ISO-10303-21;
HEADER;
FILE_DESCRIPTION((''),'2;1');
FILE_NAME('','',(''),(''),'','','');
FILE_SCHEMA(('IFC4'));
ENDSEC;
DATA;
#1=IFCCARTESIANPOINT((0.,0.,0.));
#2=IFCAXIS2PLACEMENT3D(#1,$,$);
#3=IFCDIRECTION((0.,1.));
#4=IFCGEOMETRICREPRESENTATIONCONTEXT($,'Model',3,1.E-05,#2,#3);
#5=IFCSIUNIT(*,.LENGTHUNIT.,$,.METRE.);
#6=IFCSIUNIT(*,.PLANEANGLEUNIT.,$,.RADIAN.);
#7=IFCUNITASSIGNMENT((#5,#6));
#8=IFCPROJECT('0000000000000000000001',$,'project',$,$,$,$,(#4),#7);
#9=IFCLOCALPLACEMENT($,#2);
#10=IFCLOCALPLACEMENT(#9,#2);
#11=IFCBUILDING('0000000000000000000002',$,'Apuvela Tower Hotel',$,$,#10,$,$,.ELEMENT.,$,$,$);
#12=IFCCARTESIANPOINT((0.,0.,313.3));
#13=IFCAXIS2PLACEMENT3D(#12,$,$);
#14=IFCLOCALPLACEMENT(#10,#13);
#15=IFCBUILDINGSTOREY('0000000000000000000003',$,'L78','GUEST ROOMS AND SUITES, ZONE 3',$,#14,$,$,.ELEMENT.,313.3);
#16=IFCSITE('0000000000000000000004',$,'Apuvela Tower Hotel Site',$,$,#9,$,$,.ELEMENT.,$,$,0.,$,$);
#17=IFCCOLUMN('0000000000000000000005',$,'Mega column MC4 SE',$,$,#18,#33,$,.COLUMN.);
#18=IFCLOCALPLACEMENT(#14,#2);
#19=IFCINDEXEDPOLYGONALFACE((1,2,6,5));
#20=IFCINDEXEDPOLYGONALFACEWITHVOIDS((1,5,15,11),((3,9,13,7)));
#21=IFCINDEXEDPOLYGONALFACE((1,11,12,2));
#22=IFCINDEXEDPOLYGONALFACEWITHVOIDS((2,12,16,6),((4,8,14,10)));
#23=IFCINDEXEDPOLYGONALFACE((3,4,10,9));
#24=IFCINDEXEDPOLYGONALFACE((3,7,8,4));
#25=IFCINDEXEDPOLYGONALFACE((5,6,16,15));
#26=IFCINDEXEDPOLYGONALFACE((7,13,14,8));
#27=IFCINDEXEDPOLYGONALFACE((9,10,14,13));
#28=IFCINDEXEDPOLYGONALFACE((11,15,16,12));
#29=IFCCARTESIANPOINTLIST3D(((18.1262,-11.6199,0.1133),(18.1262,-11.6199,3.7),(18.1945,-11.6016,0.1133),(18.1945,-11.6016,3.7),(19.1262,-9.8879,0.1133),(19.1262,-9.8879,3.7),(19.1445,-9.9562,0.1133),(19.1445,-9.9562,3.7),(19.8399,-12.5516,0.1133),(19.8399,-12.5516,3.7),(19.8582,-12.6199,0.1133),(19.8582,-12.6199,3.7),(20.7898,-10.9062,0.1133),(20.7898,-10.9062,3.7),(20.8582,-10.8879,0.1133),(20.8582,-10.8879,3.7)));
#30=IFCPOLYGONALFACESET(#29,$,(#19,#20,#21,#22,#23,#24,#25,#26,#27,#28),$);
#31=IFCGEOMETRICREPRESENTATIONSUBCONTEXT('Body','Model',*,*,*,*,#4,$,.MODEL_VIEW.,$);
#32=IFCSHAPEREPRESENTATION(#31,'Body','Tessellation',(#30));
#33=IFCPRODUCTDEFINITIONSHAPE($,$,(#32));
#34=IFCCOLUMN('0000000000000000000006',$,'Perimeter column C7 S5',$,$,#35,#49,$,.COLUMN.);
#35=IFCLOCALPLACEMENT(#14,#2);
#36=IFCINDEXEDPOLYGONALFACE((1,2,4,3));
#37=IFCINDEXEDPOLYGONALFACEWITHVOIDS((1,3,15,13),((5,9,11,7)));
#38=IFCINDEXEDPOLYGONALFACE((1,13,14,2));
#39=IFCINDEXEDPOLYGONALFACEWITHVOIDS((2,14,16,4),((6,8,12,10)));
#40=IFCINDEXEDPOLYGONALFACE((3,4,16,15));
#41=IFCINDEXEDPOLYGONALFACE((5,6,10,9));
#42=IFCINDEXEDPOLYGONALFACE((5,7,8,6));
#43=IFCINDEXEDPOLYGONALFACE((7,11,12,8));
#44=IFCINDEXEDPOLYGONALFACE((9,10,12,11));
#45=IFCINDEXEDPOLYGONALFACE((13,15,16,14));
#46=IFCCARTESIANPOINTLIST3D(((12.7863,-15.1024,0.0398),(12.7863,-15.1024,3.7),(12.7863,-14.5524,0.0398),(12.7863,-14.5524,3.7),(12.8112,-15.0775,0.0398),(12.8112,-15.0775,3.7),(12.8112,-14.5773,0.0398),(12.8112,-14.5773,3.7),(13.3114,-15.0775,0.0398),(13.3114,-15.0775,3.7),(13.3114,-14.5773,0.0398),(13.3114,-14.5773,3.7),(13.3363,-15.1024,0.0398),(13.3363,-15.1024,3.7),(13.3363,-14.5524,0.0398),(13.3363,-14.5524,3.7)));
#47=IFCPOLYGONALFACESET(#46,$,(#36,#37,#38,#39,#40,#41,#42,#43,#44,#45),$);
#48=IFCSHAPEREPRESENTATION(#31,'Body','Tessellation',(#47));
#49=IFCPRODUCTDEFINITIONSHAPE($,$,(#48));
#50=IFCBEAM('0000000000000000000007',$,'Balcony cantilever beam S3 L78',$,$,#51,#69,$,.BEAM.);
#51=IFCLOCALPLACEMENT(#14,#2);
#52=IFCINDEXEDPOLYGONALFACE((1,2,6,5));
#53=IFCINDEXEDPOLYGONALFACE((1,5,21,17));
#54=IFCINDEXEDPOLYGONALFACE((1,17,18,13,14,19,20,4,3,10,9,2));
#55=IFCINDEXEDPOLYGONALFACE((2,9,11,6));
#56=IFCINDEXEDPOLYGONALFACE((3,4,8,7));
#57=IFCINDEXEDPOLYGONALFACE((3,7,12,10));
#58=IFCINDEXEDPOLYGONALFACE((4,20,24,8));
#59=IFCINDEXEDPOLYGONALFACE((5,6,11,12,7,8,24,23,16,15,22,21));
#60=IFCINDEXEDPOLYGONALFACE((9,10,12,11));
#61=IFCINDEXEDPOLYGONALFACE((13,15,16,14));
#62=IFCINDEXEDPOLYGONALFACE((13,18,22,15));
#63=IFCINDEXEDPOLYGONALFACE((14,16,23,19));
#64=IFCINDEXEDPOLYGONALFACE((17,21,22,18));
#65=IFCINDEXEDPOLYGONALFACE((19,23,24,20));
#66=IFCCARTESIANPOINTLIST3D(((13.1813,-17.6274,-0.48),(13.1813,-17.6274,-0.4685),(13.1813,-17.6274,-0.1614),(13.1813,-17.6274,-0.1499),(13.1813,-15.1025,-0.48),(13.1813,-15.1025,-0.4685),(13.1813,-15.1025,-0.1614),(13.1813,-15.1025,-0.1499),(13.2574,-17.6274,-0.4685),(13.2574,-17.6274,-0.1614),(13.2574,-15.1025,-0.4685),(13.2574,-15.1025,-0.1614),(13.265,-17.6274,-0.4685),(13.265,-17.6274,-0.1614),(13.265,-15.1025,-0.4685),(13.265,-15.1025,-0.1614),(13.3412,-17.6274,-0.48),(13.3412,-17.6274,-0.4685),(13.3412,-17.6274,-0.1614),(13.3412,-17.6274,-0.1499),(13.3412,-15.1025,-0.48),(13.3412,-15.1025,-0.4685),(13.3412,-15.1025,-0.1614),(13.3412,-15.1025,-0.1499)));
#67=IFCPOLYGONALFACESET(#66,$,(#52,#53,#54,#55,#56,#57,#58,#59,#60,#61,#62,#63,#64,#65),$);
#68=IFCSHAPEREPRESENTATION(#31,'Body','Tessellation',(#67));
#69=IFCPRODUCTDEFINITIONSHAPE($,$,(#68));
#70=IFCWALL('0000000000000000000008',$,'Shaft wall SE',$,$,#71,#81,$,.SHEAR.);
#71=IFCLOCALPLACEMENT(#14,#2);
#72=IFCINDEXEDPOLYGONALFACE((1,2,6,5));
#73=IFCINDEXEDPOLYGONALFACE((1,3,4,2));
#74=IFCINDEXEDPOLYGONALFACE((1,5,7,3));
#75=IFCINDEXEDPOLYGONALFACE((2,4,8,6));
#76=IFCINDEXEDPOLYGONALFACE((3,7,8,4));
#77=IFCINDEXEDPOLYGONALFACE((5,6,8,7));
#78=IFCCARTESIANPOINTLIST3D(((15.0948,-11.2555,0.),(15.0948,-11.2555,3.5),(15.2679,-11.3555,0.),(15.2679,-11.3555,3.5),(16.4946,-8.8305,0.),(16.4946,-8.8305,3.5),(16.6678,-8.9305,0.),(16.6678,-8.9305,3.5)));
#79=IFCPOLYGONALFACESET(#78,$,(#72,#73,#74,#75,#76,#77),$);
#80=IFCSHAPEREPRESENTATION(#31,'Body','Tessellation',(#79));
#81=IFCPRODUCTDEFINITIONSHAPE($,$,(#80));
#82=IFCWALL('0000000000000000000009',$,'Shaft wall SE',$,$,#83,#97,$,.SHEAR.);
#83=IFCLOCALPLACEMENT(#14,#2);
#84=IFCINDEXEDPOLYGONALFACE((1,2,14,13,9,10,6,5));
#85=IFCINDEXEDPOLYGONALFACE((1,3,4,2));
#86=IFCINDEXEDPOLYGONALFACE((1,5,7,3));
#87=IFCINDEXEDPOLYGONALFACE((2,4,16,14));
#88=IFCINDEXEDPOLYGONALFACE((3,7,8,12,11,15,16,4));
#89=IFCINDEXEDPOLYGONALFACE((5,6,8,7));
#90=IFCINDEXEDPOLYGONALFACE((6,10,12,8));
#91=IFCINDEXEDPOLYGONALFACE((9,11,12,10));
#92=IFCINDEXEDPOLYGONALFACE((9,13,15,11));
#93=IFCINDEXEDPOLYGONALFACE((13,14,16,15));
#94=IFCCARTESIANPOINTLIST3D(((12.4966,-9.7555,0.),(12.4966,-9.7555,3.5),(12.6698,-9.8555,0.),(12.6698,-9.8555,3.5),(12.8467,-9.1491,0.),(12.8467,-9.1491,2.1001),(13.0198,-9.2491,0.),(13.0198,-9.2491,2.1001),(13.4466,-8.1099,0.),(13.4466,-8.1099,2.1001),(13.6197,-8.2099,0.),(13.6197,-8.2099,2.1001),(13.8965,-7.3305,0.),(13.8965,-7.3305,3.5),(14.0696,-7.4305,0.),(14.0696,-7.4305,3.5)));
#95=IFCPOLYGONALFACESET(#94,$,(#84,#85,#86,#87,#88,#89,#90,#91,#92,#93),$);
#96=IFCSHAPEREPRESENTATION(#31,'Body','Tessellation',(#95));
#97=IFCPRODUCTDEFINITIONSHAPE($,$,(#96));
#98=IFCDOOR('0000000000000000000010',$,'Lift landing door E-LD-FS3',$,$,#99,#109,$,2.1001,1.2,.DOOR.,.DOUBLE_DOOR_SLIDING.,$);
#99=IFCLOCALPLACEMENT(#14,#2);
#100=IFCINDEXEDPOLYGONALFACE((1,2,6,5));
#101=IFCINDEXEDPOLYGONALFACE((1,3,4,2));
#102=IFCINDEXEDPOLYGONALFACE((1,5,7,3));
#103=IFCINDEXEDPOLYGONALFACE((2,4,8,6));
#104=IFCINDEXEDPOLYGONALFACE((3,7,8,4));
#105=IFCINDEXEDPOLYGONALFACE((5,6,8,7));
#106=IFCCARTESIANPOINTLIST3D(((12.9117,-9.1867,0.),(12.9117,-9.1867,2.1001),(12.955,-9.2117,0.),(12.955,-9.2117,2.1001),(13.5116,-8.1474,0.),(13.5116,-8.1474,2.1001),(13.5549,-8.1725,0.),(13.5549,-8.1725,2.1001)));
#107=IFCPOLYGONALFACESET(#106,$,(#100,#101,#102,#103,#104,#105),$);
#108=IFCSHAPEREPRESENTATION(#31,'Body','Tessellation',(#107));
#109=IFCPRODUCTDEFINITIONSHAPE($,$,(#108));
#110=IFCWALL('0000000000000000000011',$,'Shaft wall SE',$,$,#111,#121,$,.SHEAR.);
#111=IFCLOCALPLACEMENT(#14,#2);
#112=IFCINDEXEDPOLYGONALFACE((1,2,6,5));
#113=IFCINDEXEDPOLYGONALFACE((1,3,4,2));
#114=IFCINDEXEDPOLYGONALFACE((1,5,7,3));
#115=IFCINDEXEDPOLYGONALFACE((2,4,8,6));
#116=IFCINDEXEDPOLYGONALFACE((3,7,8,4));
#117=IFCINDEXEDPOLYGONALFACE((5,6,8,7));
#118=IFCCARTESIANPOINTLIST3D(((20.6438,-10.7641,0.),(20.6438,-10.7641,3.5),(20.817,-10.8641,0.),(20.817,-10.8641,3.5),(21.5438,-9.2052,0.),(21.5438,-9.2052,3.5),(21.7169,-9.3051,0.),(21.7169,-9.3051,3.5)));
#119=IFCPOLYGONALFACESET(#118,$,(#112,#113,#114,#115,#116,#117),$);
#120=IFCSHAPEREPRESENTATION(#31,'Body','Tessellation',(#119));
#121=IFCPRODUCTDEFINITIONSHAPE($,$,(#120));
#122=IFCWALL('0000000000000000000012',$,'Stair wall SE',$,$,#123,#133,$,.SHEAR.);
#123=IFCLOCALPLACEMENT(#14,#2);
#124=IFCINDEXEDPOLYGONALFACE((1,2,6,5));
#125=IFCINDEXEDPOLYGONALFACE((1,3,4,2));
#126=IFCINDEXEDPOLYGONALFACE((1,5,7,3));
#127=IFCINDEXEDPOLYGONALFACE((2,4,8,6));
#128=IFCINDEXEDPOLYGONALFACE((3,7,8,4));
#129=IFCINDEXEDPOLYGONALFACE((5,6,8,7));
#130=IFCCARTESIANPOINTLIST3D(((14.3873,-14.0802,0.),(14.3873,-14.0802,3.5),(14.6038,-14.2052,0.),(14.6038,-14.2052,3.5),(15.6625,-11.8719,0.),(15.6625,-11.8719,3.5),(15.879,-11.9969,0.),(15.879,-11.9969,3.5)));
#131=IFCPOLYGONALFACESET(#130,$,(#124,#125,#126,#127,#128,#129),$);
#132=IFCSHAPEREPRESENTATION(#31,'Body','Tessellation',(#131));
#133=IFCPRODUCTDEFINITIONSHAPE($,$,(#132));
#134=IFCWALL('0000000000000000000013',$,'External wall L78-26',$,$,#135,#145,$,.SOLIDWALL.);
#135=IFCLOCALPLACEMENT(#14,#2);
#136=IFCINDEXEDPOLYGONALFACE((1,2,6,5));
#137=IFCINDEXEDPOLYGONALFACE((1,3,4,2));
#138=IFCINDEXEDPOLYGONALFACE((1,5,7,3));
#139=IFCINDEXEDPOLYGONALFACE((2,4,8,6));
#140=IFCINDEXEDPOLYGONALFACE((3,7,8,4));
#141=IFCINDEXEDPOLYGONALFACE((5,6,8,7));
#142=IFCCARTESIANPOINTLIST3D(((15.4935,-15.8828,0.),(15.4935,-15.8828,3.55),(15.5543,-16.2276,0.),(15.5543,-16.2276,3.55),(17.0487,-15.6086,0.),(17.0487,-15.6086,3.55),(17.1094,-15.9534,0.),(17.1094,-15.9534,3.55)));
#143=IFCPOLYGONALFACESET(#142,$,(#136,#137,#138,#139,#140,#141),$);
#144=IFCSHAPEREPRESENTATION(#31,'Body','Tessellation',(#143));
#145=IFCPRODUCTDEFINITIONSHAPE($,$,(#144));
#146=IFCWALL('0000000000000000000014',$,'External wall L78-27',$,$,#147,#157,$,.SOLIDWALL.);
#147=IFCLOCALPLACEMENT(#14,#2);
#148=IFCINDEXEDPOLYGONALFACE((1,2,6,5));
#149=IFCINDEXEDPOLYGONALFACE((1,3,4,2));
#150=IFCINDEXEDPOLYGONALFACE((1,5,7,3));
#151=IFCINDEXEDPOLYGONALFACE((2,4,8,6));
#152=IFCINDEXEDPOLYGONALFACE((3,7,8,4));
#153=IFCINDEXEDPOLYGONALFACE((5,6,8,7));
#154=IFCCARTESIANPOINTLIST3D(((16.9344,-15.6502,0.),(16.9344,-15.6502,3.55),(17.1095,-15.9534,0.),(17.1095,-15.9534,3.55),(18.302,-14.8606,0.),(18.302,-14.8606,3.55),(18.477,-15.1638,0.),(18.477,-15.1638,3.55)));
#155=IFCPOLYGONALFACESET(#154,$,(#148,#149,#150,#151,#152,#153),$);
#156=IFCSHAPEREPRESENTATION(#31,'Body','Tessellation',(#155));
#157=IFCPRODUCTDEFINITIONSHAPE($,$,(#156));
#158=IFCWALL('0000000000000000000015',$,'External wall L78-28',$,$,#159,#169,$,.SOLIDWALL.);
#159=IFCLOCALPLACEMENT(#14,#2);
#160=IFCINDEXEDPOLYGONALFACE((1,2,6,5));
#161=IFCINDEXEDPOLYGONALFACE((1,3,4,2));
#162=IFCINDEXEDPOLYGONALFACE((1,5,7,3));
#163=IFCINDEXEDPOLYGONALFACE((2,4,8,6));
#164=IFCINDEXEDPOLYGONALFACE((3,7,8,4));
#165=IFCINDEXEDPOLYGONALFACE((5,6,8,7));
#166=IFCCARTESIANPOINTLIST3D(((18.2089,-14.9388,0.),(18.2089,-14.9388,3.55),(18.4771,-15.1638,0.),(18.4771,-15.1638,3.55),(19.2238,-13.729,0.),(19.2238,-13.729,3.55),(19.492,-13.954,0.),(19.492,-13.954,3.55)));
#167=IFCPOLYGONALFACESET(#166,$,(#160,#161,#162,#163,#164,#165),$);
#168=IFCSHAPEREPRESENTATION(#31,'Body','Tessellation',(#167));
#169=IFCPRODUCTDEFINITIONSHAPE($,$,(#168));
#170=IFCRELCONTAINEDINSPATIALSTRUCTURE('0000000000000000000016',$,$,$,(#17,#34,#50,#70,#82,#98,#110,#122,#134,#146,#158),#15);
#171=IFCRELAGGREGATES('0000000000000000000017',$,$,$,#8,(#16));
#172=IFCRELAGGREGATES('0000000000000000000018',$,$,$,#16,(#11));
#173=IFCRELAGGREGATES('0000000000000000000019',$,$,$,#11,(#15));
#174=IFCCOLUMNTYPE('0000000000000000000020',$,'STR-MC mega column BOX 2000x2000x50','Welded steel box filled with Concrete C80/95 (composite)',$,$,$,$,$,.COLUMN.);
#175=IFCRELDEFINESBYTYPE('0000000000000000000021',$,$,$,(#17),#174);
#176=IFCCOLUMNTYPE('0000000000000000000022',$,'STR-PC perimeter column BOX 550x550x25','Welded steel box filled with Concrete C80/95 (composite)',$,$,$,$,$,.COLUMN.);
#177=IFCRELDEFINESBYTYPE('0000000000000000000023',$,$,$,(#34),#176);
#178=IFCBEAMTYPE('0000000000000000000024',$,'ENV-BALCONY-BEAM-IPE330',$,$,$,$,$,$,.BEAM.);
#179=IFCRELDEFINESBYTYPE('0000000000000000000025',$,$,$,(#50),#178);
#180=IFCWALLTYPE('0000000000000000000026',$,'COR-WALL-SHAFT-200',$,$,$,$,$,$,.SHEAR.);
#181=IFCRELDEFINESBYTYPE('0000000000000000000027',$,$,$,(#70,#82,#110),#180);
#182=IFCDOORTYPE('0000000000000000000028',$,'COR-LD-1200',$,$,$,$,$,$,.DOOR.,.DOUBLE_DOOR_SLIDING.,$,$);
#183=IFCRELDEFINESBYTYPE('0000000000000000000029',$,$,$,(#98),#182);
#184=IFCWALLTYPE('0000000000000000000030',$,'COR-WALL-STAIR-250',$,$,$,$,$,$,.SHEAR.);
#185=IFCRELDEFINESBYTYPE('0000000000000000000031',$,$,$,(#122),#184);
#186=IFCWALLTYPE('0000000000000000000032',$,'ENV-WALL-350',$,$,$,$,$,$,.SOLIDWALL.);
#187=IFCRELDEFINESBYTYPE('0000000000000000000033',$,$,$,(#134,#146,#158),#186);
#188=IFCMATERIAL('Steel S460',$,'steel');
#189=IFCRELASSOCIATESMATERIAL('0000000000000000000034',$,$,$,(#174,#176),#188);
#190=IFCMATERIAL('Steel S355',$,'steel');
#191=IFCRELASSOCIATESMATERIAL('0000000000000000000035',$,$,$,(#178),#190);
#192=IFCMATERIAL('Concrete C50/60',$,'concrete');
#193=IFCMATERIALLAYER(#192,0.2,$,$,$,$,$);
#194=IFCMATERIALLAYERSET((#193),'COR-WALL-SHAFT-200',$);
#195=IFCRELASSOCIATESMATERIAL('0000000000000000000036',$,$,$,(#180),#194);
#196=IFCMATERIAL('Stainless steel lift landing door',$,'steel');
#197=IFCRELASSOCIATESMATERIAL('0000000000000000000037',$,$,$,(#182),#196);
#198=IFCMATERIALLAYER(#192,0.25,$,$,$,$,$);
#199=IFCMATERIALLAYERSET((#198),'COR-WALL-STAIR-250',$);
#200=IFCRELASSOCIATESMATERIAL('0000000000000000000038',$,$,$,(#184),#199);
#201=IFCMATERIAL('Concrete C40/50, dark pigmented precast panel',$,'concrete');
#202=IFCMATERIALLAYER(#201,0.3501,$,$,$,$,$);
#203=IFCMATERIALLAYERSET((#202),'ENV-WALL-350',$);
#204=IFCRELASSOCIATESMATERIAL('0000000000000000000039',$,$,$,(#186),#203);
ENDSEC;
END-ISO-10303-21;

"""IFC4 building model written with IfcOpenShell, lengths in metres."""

from ifc_helpers import new_model, si_unit, direction, frame, frame_2d, origin, origin_2d, place, context, subcontext, project, spatial, rectangle, hollow_rectangle, i_section, extrude, boolean, halfspace, material, layer, layer_set, material_profile, profile_set, type_object, element, fill, save


model = new_model("IFC4")

# Units and contexts
model_context = context("Model", 3, precision=1e-05, world=origin(), true_north=direction((0.0, 1.0)))
body_context = subcontext(model_context, "Body", "Model", "MODEL_VIEW")
ifc_project = project(units=[si_unit("LENGTHUNIT", "METRE"), si_unit("PLANEANGLEUNIT", "RADIAN")], contexts=[model_context])

# Site, building, storey
site_placement = place(None, origin())
site = spatial("IfcSite", under=ifc_project, at=site_placement, Name="Apuvela Tower Hotel Site", CompositionType="ELEMENT", RefElevation=0.0)
building_placement = place(site_placement, origin())
building = spatial("IfcBuilding", under=site, at=building_placement, Name="Apuvela Tower Hotel", CompositionType="ELEMENT")
storey_placement = place(building_placement, frame((0.0, 0.0, 313.3)))
storey = spatial("IfcBuildingStorey", under=building, at=storey_placement, Name="L78", Description="GUEST ROOMS AND SUITES, ZONE 3", CompositionType="ELEMENT", Elevation=313.3)

# Columns
ifc_material_1 = material(Name="Steel S460", Category="steel")
ifc_material_profile_1 = material_profile(ifc_material_1, hollow_rectangle(XDim=2.0, YDim=2.0, WallThickness=0.05, at=origin_2d()), Name="BOX 2000x2000x50")
ifc_material_2 = material(Name="Concrete C80/95", Category="concrete")
ifc_material_profile_2 = material_profile(ifc_material_2, rectangle(XDim=1.8999, YDim=1.8999, at=origin_2d()), Name="Concrete C80/95 infill")
ifc_profile_set_1 = profile_set([ifc_material_profile_1, ifc_material_profile_2], Name="Steel S460")
column_type_1 = type_object("IfcColumnType", Name="STR-MC mega column BOX 2000x2000x50", Description="Welded steel box filled with Concrete C80/95 (composite)", PredefinedType="COLUMN", material=ifc_profile_set_1)
column_1_placement = place(storey_placement, frame((19.4922, -11.2539, 0.0), z_axis=(0.0, 0.0, 1.0), x_axis=(0.5, 0.866025, 0.0)))
element("IfcColumn", 1, at=column_1_placement, inside=storey, type_object=column_type_1, Name="Mega column MC4 SE", PredefinedType="COLUMN", context=body_context, shape_type="SweptSolid", body=[
    boolean("DIFFERENCE", extrude(hollow_rectangle(XDim=2.0, YDim=2.0, WallThickness=0.05, at=origin_2d()), origin(), (0.0, 0.0, 1.0), 3.7), halfspace(frame((0.0, 0.0, 0.1133), z_axis=(0.0, 0.0, 1.0), x_axis=(1.0, 0.0, 0.0)), True)),
])
ifc_material_profile_3 = material_profile(ifc_material_1, hollow_rectangle(XDim=0.55, YDim=0.55, WallThickness=0.0249, at=origin_2d()), Name="BOX 550x550x25")
ifc_material_profile_4 = material_profile(ifc_material_2, rectangle(XDim=0.5, YDim=0.5, at=origin_2d()), Name="Concrete C80/95 infill")
ifc_profile_set_2 = profile_set([ifc_material_profile_3, ifc_material_profile_4], Name="Steel S460")
column_type_2 = type_object("IfcColumnType", Name="STR-PC perimeter column BOX 550x550x25", Description="Welded steel box filled with Concrete C80/95 (composite)", PredefinedType="COLUMN", material=ifc_profile_set_2)
column_2_placement = place(storey_placement, frame((13.0613, -14.8274, 0.0), z_axis=(0.0, 0.0, 1.0), x_axis=(-1.0, 0.0, 0.0)))
element("IfcColumn", 2, at=column_2_placement, inside=storey, type_object=column_type_2, Name="Perimeter column C7 S5", PredefinedType="COLUMN", context=body_context, shape_type="SweptSolid", body=[
    boolean("DIFFERENCE", extrude(hollow_rectangle(XDim=0.55, YDim=0.55, WallThickness=0.0249, at=origin_2d()), origin(), (0.0, 0.0, 1.0), 3.7), halfspace(frame((0.0, 0.0, 0.0398), z_axis=(0.0, 0.0, 1.0), x_axis=(1.0, 0.0, 0.0)), True)),
])

# Beam
ifc_material_3 = material(Name="Steel S355", Category="steel")
ifc_material_profile_5 = material_profile(ifc_material_3, i_section(OverallWidth=0.1599, OverallDepth=0.3301, WebThickness=0.0076, FlangeThickness=0.0115, at=origin_2d()), Name="IPE 330")
ifc_profile_set_3 = profile_set([ifc_material_profile_5], Name="Steel S355")
beam_type = type_object("IfcBeamType", Name="ENV-BALCONY-BEAM-IPE330", PredefinedType="BEAM", material=ifc_profile_set_3)
beam_placement = place(storey_placement, frame((13.2612, -15.1025, -0.3149), z_axis=(0.0, -1.0, 0.0), x_axis=(1.0, 0.0, 0.0)))
element("IfcBeam", 3, at=beam_placement, inside=storey, type_object=beam_type, Name="Balcony cantilever beam S3 L78", PredefinedType="BEAM", context=body_context, shape_type="SweptSolid", body=[
    extrude(i_section(OverallWidth=0.1599, OverallDepth=0.3301, WebThickness=0.0076, FlangeThickness=0.0115, at=origin_2d()), origin(), (0.0, 0.0, 1.0), 2.5249),
])

# Wall
ifc_material_4 = material(Name="Concrete C50/60", Category="concrete")
ifc_layer_1 = layer(ifc_material_4, 0.2)
ifc_layer_set_1 = layer_set([ifc_layer_1], Name="COR-WALL-SHAFT-200")
wall_type_1 = type_object("IfcWallType", Name="COR-WALL-SHAFT-200", PredefinedType="SHEAR", material=ifc_layer_set_1)
wall_1_placement = place(storey_placement, frame((15.1814, -11.3054, 0.0), z_axis=(0.0, 0.0, 1.0), x_axis=(0.499946, 0.866056, 0.0)))
element("IfcWall", 4, at=wall_1_placement, inside=storey, type_object=wall_type_1, Name="Shaft wall SE", PredefinedType="SHEAR", context=body_context, shape_type="SweptSolid", body=[
    extrude(rectangle(XDim=2.8, YDim=0.2, at=frame_2d((1.3999, 0.0))), origin(), (0.0, 0.0, 1.0), 3.5),
])

# Wall, opening, door
wall_2_placement = place(storey_placement, frame((12.5833, -9.8054, 0.0), z_axis=(0.0, 0.0, 1.0), x_axis=(0.499946, 0.866056, 0.0)))
wall_2 = element("IfcWall", 5, at=wall_2_placement, inside=storey, type_object=wall_type_1, Name="Shaft wall SE", PredefinedType="SHEAR", context=body_context, shape_type="SweptSolid", body=[
    extrude(rectangle(XDim=2.8, YDim=0.2, at=frame_2d((1.3999, 0.0))), origin(), (0.0, 0.0, 1.0), 3.5),
])
opening_placement = place(wall_2_placement, frame((0.7, 0.0, 0.0)))
opening = element("IfcOpeningElement", 6, at=opening_placement, cuts=wall_2, PredefinedType="OPENING", context=body_context, shape_type="SweptSolid", body=[
    extrude(rectangle(XDim=1.2, YDim=2.1001, at=frame_2d((0.6001, 1.05))), frame((0.0, 0.1099, 0.0), z_axis=(0.0, -1.0, 0.0), x_axis=(1.0, 0.0, 0.0)), (0.0, 0.0, 1.0), 0.22),
])
ifc_material_5 = material(Name="Stainless steel lift landing door", Category="steel")
door_type = type_object("IfcDoorType", Name="COR-LD-1200", OperationType="DOUBLE_DOOR_SLIDING", PredefinedType="DOOR", material=ifc_material_5)
door_placement = place(opening_placement, origin())
door = element("IfcDoor", 7, at=door_placement, inside=storey, type_object=door_type, Name="Lift landing door E-LD-FS3", OperationType="DOUBLE_DOOR_SLIDING", OverallHeight=2.1001, OverallWidth=1.2, PredefinedType="DOOR", context=body_context, shape_type="SweptSolid", body=[
    extrude(rectangle(XDim=1.2, YDim=2.1001, at=frame_2d((0.6001, 1.05))), frame((0.0, 0.0249, 0.0), z_axis=(0.0, -1.0, 0.0), x_axis=(1.0, 0.0, 0.0)), (0.0, 0.0, 1.0), 0.05),
])
fill(opening, door)

# Walls
wall_3_placement = place(storey_placement, frame((20.7305, -10.814, 0.0), z_axis=(0.0, 0.0, 1.0), x_axis=(0.499961, 0.866048, 0.0)))
element("IfcWall", 8, at=wall_3_placement, inside=storey, type_object=wall_type_1, Name="Shaft wall SE", PredefinedType="SHEAR", context=body_context, shape_type="SweptSolid", body=[
    extrude(rectangle(XDim=1.8, YDim=0.2, at=frame_2d((0.8999, 0.0))), origin(), (0.0, 0.0, 1.0), 3.5),
])
ifc_layer_2 = layer(ifc_material_4, 0.25)
ifc_layer_set_2 = layer_set([ifc_layer_2], Name="COR-WALL-STAIR-250")
wall_type_2 = type_object("IfcWallType", Name="COR-WALL-STAIR-250", PredefinedType="SHEAR", material=ifc_layer_set_2)
wall_4_placement = place(storey_placement, frame((14.4956, -14.1426, 0.0), z_axis=(0.0, 0.0, 1.0), x_axis=(0.500062, 0.865989, 0.0)))
element("IfcWall", 9, at=wall_4_placement, inside=storey, type_object=wall_type_2, Name="Stair wall SE", PredefinedType="SHEAR", context=body_context, shape_type="SweptSolid", body=[
    extrude(rectangle(XDim=2.55, YDim=0.25, at=frame_2d((1.2749, 0.0))), origin(), (0.0, 0.0, 1.0), 3.5),
])
ifc_material_6 = material(Name="Concrete C40/50, dark pigmented precast panel", Category="concrete")
ifc_layer_3 = layer(ifc_material_6, 0.3501)
ifc_layer_set_3 = layer_set([ifc_layer_3], Name="ENV-WALL-350")
wall_type_3 = type_object("IfcWallType", Name="ENV-WALL-350", PredefinedType="SOLIDWALL", material=ifc_layer_set_3)
for number, where, z_axis, x_axis, name in (
    (10, (15.5239, -16.0552, 0.0), (0.0, 0.0, 1.0), (0.984813, 0.173618, 0.0), "External wall L78-26"),
    (11, (17.022, -15.8018, 0.0), (0.0, 0.0, 1.0), (0.866008, 0.50003, 0.0), "External wall L78-27"),
    (12, (18.343, -15.0513, 0.0), (0.0, 0.0, 1.0), (0.642721, 0.766101, 0.0), "External wall L78-28"),
):
    element("IfcWall", number, at=place(storey_placement, frame(where, z_axis=z_axis, x_axis=x_axis)), inside=storey, type_object=wall_type_3, Name=name, PredefinedType="SOLIDWALL", context=body_context, shape_type="SweptSolid", body=[
        extrude(rectangle(XDim=1.5791, YDim=0.3501, at=frame_2d((0.7896, 0.0))), origin(), (0.0, 0.0, 1.0), 3.55),
    ])

save(model, "model.ifc")
